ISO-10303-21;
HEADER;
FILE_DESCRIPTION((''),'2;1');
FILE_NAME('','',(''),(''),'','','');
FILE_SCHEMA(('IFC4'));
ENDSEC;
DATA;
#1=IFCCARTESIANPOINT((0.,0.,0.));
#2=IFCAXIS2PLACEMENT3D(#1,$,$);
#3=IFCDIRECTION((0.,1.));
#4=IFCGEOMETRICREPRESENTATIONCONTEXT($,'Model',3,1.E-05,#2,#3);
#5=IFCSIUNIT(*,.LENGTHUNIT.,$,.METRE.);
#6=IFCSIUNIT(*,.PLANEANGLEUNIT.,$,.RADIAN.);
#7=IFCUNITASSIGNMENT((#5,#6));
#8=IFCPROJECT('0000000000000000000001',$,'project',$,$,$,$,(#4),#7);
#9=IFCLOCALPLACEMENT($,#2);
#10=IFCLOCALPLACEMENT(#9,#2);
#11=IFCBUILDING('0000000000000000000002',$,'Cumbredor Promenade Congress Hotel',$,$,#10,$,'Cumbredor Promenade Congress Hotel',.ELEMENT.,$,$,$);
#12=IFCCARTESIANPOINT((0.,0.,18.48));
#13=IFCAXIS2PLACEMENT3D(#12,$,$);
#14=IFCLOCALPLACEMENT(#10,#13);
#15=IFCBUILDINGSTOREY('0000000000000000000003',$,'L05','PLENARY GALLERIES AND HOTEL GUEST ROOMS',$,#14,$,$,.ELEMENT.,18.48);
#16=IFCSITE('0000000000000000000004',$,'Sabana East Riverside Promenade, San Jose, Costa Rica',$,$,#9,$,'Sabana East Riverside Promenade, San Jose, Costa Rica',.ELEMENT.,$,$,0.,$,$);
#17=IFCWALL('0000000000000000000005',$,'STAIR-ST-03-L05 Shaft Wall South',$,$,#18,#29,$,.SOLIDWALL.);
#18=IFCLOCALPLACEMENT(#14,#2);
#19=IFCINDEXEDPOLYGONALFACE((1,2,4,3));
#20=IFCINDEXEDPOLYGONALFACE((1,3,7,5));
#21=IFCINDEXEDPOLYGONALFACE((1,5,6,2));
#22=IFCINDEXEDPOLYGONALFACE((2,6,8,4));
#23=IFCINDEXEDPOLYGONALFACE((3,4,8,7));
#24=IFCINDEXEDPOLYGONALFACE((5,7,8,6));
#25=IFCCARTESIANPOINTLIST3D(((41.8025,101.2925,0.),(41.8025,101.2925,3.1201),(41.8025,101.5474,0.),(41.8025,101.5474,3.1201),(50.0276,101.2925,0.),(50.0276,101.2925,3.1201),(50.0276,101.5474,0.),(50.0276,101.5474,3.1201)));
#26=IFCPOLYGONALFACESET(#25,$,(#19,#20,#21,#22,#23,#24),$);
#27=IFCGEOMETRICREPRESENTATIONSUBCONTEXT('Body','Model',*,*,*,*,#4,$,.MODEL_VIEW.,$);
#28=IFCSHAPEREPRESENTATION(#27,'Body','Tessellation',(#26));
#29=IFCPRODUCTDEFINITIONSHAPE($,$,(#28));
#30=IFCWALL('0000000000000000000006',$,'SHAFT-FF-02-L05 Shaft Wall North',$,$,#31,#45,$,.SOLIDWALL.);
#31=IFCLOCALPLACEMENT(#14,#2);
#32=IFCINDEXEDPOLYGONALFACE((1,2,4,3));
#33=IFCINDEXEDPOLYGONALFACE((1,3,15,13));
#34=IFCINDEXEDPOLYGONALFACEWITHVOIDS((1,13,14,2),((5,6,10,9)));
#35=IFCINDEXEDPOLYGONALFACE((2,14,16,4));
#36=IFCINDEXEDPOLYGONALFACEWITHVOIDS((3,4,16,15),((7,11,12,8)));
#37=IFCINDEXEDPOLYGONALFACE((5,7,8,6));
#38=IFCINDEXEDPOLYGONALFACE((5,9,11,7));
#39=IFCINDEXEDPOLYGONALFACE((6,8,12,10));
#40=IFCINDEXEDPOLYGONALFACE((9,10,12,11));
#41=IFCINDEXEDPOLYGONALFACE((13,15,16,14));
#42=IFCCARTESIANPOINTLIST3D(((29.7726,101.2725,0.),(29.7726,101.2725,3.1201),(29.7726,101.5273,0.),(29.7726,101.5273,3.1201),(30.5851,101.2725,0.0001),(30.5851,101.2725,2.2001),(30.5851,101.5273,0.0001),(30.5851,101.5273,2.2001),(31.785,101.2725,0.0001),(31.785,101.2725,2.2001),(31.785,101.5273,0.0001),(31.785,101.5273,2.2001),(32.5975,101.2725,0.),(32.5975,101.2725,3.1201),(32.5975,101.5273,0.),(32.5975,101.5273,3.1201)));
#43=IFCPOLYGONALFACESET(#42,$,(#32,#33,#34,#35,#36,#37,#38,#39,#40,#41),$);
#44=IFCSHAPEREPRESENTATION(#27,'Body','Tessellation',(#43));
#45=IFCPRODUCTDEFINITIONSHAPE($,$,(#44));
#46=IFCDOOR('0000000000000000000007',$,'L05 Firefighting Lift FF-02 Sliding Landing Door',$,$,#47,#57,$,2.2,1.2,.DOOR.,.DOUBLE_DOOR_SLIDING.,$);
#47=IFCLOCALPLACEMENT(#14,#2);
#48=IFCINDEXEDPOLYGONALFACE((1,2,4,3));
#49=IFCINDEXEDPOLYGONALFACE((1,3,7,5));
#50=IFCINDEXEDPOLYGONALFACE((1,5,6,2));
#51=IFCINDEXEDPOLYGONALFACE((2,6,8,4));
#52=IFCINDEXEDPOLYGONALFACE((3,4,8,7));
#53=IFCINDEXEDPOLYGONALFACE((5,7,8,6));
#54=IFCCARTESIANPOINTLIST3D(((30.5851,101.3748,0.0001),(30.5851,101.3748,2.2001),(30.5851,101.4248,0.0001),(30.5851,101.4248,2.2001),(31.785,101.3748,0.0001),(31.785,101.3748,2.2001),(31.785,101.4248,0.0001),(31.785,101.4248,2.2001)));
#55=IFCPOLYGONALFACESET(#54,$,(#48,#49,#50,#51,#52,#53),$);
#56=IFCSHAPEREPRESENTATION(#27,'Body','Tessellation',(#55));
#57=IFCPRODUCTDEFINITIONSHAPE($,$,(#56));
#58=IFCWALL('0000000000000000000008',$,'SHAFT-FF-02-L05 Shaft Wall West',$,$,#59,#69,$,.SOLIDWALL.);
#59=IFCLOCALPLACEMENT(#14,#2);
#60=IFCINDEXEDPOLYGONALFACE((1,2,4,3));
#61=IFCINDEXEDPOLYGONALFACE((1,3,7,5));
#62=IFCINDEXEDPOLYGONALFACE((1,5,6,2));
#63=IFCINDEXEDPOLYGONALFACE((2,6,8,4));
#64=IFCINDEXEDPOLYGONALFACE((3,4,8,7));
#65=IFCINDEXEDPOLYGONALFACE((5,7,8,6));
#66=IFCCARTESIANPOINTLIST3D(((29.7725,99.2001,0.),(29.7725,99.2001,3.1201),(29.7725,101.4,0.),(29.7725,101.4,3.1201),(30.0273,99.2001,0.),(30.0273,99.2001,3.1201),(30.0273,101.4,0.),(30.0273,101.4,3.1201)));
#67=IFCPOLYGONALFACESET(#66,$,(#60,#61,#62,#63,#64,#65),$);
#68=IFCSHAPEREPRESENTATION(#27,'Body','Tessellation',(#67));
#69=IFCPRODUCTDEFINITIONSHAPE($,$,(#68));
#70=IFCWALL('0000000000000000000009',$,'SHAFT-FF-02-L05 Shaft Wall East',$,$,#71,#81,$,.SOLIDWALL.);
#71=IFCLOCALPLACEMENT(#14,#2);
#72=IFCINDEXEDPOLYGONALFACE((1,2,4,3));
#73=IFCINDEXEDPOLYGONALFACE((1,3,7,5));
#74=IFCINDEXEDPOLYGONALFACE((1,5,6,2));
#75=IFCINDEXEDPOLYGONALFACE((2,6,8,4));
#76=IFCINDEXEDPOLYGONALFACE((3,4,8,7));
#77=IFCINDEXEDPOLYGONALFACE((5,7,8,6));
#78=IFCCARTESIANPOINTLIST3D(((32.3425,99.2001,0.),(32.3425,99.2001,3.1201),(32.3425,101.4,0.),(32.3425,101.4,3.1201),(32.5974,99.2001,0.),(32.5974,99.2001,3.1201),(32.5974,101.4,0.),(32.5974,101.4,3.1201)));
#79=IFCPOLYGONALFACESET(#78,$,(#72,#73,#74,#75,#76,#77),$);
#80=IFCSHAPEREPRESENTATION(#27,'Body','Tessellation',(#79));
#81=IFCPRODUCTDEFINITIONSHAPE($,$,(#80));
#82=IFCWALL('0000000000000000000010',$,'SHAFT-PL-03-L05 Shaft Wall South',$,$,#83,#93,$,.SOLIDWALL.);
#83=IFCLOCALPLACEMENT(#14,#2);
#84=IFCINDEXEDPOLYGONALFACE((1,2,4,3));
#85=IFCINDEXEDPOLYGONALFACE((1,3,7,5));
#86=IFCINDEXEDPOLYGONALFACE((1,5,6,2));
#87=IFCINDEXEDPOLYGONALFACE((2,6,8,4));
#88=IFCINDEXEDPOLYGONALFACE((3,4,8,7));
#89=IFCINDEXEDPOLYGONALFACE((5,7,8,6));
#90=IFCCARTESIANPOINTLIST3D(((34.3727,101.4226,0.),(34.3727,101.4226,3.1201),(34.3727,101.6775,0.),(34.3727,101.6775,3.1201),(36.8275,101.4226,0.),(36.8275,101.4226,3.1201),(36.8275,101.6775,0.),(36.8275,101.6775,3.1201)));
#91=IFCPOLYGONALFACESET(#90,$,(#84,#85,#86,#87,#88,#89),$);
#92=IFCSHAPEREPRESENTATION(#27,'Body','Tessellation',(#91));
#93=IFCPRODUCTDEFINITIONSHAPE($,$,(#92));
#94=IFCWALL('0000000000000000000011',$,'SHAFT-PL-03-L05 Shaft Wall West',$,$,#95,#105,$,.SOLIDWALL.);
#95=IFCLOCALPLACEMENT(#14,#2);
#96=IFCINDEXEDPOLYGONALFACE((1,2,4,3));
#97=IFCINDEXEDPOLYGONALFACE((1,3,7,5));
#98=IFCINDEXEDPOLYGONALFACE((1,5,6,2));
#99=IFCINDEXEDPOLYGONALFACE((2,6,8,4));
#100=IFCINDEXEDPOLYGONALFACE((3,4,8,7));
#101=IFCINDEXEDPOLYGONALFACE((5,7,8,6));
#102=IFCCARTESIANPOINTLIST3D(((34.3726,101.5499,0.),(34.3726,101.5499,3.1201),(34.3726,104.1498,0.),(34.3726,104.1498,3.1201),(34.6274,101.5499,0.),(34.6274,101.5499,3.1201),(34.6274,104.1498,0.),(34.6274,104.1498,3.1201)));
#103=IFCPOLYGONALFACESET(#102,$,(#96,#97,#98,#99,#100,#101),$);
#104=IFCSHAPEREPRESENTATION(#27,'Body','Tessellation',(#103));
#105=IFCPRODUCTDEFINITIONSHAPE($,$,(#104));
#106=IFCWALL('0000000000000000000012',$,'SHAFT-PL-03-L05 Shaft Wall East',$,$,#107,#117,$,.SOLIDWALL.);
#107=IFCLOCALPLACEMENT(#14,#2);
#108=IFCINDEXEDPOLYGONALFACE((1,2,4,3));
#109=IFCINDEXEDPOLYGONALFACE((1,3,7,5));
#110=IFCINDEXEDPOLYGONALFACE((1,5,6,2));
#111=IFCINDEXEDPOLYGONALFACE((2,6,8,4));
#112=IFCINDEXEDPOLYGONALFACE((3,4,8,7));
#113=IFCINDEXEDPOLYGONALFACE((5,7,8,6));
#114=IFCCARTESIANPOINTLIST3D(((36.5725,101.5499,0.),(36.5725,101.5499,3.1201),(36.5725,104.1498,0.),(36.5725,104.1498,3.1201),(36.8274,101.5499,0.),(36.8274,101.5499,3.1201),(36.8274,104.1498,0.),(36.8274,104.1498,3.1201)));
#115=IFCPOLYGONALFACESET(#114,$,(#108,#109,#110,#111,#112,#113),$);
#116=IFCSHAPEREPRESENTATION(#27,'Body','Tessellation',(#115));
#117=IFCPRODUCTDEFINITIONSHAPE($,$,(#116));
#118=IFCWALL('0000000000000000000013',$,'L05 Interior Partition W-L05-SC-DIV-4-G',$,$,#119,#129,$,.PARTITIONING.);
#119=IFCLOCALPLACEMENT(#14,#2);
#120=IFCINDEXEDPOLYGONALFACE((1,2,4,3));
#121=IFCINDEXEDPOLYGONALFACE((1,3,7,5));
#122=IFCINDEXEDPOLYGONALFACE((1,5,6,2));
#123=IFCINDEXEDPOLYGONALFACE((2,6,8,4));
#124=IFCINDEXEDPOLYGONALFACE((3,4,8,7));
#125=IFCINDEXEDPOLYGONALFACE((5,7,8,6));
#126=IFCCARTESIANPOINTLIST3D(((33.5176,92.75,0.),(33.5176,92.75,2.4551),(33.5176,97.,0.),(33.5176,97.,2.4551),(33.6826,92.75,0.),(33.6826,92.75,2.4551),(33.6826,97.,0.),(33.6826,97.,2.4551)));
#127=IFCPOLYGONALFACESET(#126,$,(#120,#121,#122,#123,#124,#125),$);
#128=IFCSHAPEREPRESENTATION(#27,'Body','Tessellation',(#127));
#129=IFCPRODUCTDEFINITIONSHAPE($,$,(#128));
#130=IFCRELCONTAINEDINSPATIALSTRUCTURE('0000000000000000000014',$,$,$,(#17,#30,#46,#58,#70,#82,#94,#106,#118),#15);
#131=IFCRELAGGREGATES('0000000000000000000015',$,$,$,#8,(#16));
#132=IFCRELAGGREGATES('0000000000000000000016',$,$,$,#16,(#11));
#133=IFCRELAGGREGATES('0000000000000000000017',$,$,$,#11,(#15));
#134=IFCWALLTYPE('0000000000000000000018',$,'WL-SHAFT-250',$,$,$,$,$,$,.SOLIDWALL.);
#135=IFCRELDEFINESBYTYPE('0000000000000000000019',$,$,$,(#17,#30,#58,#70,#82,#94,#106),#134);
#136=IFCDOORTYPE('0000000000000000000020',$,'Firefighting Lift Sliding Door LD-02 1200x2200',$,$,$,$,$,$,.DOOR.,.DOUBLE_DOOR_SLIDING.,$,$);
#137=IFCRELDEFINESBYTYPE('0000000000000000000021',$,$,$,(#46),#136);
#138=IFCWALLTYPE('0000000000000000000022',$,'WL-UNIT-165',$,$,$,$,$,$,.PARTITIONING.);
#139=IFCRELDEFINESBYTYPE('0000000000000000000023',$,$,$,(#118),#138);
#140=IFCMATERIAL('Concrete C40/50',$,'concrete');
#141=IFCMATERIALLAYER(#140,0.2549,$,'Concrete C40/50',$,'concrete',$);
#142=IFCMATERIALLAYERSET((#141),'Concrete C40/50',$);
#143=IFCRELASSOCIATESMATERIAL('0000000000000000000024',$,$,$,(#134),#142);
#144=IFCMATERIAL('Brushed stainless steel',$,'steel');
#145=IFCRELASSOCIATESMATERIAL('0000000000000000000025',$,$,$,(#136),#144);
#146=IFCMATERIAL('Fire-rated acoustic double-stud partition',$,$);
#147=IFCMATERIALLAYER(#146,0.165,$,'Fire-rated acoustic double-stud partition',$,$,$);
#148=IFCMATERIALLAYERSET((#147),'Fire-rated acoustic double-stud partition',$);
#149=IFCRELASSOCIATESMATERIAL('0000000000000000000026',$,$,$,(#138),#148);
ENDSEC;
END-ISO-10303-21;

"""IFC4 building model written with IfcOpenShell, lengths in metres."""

from ifc_helpers import new_model, si_unit, direction, frame, frame_2d, origin, place, context, subcontext, project, spatial, rectangle, extrude, material, layer, layer_set, type_object, element, fill, save


model = new_model("IFC4")

# Units and contexts
model_context = context("Model", 3, precision=1e-05, world=origin(), true_north=direction((0.0, 1.0)))
body_context = subcontext(model_context, "Body", "Model", "MODEL_VIEW")
ifc_project = project(units=[si_unit("LENGTHUNIT", "METRE"), si_unit("PLANEANGLEUNIT", "RADIAN")], contexts=[model_context])

# Site, building, storey
site_placement = place(None, origin())
site = spatial("IfcSite", under=ifc_project, at=site_placement, Name="Sabana East Riverside Promenade, San Jose, Costa Rica", LongName="Sabana East Riverside Promenade, San Jose, Costa Rica", CompositionType="ELEMENT", RefElevation=0.0)
building_placement = place(site_placement, origin())
building = spatial("IfcBuilding", under=site, at=building_placement, Name="Cumbredor Promenade Congress Hotel", LongName="Cumbredor Promenade Congress Hotel", CompositionType="ELEMENT")
storey_placement = place(building_placement, frame((0.0, 0.0, 18.48)))
storey = spatial("IfcBuildingStorey", under=building, at=storey_placement, Name="L05", Description="PLENARY GALLERIES AND HOTEL GUEST ROOMS", CompositionType="ELEMENT", Elevation=18.48)

# Shared definitions
ifc_material_1 = material(Name="Concrete C40/50", Category="concrete")

# Wall
ifc_layer_1 = layer(ifc_material_1, 0.2549, Name="Concrete C40/50", Category="concrete")
ifc_layer_set_1 = layer_set([ifc_layer_1], Name="Concrete C40/50")
wall_type_1 = type_object("IfcWallType", Name="WL-SHAFT-250", PredefinedType="SOLIDWALL", material=ifc_layer_set_1)
wall_1_placement = place(storey_placement, frame((41.8025, 101.4199, 0.0), z_axis=(0.0, 0.0, 1.0), x_axis=(1.0, 0.0, 0.0)))
element("IfcWall", 1, at=wall_1_placement, inside=storey, type_object=wall_type_1, Name="STAIR-ST-03-L05 Shaft Wall South", PredefinedType="SOLIDWALL", context=body_context, shape_type="SweptSolid", body=[
    extrude(rectangle(XDim=8.2251, YDim=0.2549, at=frame_2d((4.1125, 0.0))), origin(), (0.0, 0.0, 1.0), 3.1201),
])

# Wall, opening, door
wall_2_placement = place(storey_placement, frame((29.7725, 101.3999, 0.0), z_axis=(0.0, 0.0, 1.0), x_axis=(1.0, 0.0, 0.0)))
wall_2 = element("IfcWall", 2, at=wall_2_placement, inside=storey, type_object=wall_type_1, Name="SHAFT-FF-02-L05 Shaft Wall North", PredefinedType="SOLIDWALL", context=body_context, shape_type="SweptSolid", body=[
    extrude(rectangle(XDim=2.825, YDim=0.2549, at=frame_2d((1.4126, 0.0))), origin(), (0.0, 0.0, 1.0), 3.1201),
])
opening_1_placement = place(wall_2_placement, frame((0.8125, 0.0, 0.0)))
opening_1 = element("IfcOpeningElement", 3, at=opening_1_placement, cuts=wall_2, PredefinedType="OPENING", context=body_context, shape_type="SweptSolid", body=[
    extrude(rectangle(XDim=1.2, YDim=2.2, at=frame_2d((0.6001, 1.1001))), frame((0.0, 0.1375, 0.0), z_axis=(0.0, -1.0, 0.0), x_axis=(1.0, 0.0, 0.0)), (0.0, 0.0, 1.0), 0.2749),
])
ifc_material_2 = material(Name="Brushed stainless steel", Category="steel")
door_type_1 = type_object("IfcDoorType", Name="Firefighting Lift Sliding Door LD-02 1200x2200", OperationType="DOUBLE_DOOR_SLIDING", PredefinedType="DOOR", material=ifc_material_2)
door_1_placement = place(opening_1_placement, origin())
door_1 = element("IfcDoor", 4, at=door_1_placement, inside=storey, type_object=door_type_1, Name="L05 Firefighting Lift FF-02 Sliding Landing Door", OperationType="DOUBLE_DOOR_SLIDING", OverallHeight=2.2, OverallWidth=1.2, PredefinedType="DOOR", context=body_context, shape_type="SweptSolid", body=[
    extrude(rectangle(XDim=1.2, YDim=2.2, at=frame_2d((0.6001, 1.1001))), frame((0.0, 0.0249, 0.0), z_axis=(0.0, -1.0, 0.0), x_axis=(1.0, 0.0, 0.0)), (0.0, 0.0, 1.0), 0.05),
])
fill(opening_1, door_1)

# Walls
for number, where, z_axis, x_axis, name in (
    (5, (29.8999, 99.2, 0.0), (0.0, 0.0, 1.0), (0.0, 1.0, 0.0), "SHAFT-FF-02-L05 Shaft Wall West"),
    (6, (32.47, 99.2, 0.0), (0.0, 0.0, 1.0), (0.0, 1.0, 0.0), "SHAFT-FF-02-L05 Shaft Wall East"),
):
    element("IfcWall", number, at=place(storey_placement, frame(where, z_axis=z_axis, x_axis=x_axis)), inside=storey, type_object=wall_type_1, Name=name, PredefinedType="SOLIDWALL", context=body_context, shape_type="SweptSolid", body=[
        extrude(rectangle(XDim=2.2, YDim=0.2549, at=frame_2d((1.1001, 0.0))), origin(), (0.0, 0.0, 1.0), 3.1201),
    ])
wall_3_placement = place(storey_placement, frame((34.3726, 101.55, 0.0), z_axis=(0.0, 0.0, 1.0), x_axis=(1.0, 0.0, 0.0)))
element("IfcWall", 7, at=wall_3_placement, inside=storey, type_object=wall_type_1, Name="SHAFT-PL-03-L05 Shaft Wall South", PredefinedType="SOLIDWALL", context=body_context, shape_type="SweptSolid", body=[
    extrude(rectangle(XDim=2.4548, YDim=0.2549, at=frame_2d((1.2275, 0.0))), origin(), (0.0, 0.0, 1.0), 3.1201),
])
for number, where, z_axis, x_axis, name in (
    (8, (34.5, 101.55, 0.0), (0.0, 0.0, 1.0), (0.0, 1.0, 0.0), "SHAFT-PL-03-L05 Shaft Wall West"),
    (9, (36.7, 101.55, 0.0), (0.0, 0.0, 1.0), (0.0, 1.0, 0.0), "SHAFT-PL-03-L05 Shaft Wall East"),
):
    element("IfcWall", number, at=place(storey_placement, frame(where, z_axis=z_axis, x_axis=x_axis)), inside=storey, type_object=wall_type_1, Name=name, PredefinedType="SOLIDWALL", context=body_context, shape_type="SweptSolid", body=[
        extrude(rectangle(XDim=2.5999, YDim=0.2549, at=frame_2d((1.2998, 0.0))), origin(), (0.0, 0.0, 1.0), 3.1201),
    ])
ifc_material_3 = material(Name="Fire-rated acoustic double-stud partition")
ifc_layer_2 = layer(ifc_material_3, 0.165, Name="Fire-rated acoustic double-stud partition")
ifc_layer_set_2 = layer_set([ifc_layer_2], Name="Fire-rated acoustic double-stud partition")
wall_type_2 = type_object("IfcWallType", Name="WL-UNIT-165", PredefinedType="PARTITIONING", material=ifc_layer_set_2)
wall_4_placement = place(storey_placement, frame((33.6001, 92.75, 0.0), z_axis=(0.0, 0.0, 1.0), x_axis=(0.0, 1.0, 0.0)))
element("IfcWall", 10, at=wall_4_placement, inside=storey, type_object=wall_type_2, Name="L05 Interior Partition W-L05-SC-DIV-4-G", PredefinedType="PARTITIONING", context=body_context, shape_type="SweptSolid", body=[
    extrude(rectangle(XDim=4.25, YDim=0.165, at=frame_2d((2.125, 0.0))), origin(), (0.0, 0.0, 1.0), 2.4551),
])

save(model, "model.ifc")
